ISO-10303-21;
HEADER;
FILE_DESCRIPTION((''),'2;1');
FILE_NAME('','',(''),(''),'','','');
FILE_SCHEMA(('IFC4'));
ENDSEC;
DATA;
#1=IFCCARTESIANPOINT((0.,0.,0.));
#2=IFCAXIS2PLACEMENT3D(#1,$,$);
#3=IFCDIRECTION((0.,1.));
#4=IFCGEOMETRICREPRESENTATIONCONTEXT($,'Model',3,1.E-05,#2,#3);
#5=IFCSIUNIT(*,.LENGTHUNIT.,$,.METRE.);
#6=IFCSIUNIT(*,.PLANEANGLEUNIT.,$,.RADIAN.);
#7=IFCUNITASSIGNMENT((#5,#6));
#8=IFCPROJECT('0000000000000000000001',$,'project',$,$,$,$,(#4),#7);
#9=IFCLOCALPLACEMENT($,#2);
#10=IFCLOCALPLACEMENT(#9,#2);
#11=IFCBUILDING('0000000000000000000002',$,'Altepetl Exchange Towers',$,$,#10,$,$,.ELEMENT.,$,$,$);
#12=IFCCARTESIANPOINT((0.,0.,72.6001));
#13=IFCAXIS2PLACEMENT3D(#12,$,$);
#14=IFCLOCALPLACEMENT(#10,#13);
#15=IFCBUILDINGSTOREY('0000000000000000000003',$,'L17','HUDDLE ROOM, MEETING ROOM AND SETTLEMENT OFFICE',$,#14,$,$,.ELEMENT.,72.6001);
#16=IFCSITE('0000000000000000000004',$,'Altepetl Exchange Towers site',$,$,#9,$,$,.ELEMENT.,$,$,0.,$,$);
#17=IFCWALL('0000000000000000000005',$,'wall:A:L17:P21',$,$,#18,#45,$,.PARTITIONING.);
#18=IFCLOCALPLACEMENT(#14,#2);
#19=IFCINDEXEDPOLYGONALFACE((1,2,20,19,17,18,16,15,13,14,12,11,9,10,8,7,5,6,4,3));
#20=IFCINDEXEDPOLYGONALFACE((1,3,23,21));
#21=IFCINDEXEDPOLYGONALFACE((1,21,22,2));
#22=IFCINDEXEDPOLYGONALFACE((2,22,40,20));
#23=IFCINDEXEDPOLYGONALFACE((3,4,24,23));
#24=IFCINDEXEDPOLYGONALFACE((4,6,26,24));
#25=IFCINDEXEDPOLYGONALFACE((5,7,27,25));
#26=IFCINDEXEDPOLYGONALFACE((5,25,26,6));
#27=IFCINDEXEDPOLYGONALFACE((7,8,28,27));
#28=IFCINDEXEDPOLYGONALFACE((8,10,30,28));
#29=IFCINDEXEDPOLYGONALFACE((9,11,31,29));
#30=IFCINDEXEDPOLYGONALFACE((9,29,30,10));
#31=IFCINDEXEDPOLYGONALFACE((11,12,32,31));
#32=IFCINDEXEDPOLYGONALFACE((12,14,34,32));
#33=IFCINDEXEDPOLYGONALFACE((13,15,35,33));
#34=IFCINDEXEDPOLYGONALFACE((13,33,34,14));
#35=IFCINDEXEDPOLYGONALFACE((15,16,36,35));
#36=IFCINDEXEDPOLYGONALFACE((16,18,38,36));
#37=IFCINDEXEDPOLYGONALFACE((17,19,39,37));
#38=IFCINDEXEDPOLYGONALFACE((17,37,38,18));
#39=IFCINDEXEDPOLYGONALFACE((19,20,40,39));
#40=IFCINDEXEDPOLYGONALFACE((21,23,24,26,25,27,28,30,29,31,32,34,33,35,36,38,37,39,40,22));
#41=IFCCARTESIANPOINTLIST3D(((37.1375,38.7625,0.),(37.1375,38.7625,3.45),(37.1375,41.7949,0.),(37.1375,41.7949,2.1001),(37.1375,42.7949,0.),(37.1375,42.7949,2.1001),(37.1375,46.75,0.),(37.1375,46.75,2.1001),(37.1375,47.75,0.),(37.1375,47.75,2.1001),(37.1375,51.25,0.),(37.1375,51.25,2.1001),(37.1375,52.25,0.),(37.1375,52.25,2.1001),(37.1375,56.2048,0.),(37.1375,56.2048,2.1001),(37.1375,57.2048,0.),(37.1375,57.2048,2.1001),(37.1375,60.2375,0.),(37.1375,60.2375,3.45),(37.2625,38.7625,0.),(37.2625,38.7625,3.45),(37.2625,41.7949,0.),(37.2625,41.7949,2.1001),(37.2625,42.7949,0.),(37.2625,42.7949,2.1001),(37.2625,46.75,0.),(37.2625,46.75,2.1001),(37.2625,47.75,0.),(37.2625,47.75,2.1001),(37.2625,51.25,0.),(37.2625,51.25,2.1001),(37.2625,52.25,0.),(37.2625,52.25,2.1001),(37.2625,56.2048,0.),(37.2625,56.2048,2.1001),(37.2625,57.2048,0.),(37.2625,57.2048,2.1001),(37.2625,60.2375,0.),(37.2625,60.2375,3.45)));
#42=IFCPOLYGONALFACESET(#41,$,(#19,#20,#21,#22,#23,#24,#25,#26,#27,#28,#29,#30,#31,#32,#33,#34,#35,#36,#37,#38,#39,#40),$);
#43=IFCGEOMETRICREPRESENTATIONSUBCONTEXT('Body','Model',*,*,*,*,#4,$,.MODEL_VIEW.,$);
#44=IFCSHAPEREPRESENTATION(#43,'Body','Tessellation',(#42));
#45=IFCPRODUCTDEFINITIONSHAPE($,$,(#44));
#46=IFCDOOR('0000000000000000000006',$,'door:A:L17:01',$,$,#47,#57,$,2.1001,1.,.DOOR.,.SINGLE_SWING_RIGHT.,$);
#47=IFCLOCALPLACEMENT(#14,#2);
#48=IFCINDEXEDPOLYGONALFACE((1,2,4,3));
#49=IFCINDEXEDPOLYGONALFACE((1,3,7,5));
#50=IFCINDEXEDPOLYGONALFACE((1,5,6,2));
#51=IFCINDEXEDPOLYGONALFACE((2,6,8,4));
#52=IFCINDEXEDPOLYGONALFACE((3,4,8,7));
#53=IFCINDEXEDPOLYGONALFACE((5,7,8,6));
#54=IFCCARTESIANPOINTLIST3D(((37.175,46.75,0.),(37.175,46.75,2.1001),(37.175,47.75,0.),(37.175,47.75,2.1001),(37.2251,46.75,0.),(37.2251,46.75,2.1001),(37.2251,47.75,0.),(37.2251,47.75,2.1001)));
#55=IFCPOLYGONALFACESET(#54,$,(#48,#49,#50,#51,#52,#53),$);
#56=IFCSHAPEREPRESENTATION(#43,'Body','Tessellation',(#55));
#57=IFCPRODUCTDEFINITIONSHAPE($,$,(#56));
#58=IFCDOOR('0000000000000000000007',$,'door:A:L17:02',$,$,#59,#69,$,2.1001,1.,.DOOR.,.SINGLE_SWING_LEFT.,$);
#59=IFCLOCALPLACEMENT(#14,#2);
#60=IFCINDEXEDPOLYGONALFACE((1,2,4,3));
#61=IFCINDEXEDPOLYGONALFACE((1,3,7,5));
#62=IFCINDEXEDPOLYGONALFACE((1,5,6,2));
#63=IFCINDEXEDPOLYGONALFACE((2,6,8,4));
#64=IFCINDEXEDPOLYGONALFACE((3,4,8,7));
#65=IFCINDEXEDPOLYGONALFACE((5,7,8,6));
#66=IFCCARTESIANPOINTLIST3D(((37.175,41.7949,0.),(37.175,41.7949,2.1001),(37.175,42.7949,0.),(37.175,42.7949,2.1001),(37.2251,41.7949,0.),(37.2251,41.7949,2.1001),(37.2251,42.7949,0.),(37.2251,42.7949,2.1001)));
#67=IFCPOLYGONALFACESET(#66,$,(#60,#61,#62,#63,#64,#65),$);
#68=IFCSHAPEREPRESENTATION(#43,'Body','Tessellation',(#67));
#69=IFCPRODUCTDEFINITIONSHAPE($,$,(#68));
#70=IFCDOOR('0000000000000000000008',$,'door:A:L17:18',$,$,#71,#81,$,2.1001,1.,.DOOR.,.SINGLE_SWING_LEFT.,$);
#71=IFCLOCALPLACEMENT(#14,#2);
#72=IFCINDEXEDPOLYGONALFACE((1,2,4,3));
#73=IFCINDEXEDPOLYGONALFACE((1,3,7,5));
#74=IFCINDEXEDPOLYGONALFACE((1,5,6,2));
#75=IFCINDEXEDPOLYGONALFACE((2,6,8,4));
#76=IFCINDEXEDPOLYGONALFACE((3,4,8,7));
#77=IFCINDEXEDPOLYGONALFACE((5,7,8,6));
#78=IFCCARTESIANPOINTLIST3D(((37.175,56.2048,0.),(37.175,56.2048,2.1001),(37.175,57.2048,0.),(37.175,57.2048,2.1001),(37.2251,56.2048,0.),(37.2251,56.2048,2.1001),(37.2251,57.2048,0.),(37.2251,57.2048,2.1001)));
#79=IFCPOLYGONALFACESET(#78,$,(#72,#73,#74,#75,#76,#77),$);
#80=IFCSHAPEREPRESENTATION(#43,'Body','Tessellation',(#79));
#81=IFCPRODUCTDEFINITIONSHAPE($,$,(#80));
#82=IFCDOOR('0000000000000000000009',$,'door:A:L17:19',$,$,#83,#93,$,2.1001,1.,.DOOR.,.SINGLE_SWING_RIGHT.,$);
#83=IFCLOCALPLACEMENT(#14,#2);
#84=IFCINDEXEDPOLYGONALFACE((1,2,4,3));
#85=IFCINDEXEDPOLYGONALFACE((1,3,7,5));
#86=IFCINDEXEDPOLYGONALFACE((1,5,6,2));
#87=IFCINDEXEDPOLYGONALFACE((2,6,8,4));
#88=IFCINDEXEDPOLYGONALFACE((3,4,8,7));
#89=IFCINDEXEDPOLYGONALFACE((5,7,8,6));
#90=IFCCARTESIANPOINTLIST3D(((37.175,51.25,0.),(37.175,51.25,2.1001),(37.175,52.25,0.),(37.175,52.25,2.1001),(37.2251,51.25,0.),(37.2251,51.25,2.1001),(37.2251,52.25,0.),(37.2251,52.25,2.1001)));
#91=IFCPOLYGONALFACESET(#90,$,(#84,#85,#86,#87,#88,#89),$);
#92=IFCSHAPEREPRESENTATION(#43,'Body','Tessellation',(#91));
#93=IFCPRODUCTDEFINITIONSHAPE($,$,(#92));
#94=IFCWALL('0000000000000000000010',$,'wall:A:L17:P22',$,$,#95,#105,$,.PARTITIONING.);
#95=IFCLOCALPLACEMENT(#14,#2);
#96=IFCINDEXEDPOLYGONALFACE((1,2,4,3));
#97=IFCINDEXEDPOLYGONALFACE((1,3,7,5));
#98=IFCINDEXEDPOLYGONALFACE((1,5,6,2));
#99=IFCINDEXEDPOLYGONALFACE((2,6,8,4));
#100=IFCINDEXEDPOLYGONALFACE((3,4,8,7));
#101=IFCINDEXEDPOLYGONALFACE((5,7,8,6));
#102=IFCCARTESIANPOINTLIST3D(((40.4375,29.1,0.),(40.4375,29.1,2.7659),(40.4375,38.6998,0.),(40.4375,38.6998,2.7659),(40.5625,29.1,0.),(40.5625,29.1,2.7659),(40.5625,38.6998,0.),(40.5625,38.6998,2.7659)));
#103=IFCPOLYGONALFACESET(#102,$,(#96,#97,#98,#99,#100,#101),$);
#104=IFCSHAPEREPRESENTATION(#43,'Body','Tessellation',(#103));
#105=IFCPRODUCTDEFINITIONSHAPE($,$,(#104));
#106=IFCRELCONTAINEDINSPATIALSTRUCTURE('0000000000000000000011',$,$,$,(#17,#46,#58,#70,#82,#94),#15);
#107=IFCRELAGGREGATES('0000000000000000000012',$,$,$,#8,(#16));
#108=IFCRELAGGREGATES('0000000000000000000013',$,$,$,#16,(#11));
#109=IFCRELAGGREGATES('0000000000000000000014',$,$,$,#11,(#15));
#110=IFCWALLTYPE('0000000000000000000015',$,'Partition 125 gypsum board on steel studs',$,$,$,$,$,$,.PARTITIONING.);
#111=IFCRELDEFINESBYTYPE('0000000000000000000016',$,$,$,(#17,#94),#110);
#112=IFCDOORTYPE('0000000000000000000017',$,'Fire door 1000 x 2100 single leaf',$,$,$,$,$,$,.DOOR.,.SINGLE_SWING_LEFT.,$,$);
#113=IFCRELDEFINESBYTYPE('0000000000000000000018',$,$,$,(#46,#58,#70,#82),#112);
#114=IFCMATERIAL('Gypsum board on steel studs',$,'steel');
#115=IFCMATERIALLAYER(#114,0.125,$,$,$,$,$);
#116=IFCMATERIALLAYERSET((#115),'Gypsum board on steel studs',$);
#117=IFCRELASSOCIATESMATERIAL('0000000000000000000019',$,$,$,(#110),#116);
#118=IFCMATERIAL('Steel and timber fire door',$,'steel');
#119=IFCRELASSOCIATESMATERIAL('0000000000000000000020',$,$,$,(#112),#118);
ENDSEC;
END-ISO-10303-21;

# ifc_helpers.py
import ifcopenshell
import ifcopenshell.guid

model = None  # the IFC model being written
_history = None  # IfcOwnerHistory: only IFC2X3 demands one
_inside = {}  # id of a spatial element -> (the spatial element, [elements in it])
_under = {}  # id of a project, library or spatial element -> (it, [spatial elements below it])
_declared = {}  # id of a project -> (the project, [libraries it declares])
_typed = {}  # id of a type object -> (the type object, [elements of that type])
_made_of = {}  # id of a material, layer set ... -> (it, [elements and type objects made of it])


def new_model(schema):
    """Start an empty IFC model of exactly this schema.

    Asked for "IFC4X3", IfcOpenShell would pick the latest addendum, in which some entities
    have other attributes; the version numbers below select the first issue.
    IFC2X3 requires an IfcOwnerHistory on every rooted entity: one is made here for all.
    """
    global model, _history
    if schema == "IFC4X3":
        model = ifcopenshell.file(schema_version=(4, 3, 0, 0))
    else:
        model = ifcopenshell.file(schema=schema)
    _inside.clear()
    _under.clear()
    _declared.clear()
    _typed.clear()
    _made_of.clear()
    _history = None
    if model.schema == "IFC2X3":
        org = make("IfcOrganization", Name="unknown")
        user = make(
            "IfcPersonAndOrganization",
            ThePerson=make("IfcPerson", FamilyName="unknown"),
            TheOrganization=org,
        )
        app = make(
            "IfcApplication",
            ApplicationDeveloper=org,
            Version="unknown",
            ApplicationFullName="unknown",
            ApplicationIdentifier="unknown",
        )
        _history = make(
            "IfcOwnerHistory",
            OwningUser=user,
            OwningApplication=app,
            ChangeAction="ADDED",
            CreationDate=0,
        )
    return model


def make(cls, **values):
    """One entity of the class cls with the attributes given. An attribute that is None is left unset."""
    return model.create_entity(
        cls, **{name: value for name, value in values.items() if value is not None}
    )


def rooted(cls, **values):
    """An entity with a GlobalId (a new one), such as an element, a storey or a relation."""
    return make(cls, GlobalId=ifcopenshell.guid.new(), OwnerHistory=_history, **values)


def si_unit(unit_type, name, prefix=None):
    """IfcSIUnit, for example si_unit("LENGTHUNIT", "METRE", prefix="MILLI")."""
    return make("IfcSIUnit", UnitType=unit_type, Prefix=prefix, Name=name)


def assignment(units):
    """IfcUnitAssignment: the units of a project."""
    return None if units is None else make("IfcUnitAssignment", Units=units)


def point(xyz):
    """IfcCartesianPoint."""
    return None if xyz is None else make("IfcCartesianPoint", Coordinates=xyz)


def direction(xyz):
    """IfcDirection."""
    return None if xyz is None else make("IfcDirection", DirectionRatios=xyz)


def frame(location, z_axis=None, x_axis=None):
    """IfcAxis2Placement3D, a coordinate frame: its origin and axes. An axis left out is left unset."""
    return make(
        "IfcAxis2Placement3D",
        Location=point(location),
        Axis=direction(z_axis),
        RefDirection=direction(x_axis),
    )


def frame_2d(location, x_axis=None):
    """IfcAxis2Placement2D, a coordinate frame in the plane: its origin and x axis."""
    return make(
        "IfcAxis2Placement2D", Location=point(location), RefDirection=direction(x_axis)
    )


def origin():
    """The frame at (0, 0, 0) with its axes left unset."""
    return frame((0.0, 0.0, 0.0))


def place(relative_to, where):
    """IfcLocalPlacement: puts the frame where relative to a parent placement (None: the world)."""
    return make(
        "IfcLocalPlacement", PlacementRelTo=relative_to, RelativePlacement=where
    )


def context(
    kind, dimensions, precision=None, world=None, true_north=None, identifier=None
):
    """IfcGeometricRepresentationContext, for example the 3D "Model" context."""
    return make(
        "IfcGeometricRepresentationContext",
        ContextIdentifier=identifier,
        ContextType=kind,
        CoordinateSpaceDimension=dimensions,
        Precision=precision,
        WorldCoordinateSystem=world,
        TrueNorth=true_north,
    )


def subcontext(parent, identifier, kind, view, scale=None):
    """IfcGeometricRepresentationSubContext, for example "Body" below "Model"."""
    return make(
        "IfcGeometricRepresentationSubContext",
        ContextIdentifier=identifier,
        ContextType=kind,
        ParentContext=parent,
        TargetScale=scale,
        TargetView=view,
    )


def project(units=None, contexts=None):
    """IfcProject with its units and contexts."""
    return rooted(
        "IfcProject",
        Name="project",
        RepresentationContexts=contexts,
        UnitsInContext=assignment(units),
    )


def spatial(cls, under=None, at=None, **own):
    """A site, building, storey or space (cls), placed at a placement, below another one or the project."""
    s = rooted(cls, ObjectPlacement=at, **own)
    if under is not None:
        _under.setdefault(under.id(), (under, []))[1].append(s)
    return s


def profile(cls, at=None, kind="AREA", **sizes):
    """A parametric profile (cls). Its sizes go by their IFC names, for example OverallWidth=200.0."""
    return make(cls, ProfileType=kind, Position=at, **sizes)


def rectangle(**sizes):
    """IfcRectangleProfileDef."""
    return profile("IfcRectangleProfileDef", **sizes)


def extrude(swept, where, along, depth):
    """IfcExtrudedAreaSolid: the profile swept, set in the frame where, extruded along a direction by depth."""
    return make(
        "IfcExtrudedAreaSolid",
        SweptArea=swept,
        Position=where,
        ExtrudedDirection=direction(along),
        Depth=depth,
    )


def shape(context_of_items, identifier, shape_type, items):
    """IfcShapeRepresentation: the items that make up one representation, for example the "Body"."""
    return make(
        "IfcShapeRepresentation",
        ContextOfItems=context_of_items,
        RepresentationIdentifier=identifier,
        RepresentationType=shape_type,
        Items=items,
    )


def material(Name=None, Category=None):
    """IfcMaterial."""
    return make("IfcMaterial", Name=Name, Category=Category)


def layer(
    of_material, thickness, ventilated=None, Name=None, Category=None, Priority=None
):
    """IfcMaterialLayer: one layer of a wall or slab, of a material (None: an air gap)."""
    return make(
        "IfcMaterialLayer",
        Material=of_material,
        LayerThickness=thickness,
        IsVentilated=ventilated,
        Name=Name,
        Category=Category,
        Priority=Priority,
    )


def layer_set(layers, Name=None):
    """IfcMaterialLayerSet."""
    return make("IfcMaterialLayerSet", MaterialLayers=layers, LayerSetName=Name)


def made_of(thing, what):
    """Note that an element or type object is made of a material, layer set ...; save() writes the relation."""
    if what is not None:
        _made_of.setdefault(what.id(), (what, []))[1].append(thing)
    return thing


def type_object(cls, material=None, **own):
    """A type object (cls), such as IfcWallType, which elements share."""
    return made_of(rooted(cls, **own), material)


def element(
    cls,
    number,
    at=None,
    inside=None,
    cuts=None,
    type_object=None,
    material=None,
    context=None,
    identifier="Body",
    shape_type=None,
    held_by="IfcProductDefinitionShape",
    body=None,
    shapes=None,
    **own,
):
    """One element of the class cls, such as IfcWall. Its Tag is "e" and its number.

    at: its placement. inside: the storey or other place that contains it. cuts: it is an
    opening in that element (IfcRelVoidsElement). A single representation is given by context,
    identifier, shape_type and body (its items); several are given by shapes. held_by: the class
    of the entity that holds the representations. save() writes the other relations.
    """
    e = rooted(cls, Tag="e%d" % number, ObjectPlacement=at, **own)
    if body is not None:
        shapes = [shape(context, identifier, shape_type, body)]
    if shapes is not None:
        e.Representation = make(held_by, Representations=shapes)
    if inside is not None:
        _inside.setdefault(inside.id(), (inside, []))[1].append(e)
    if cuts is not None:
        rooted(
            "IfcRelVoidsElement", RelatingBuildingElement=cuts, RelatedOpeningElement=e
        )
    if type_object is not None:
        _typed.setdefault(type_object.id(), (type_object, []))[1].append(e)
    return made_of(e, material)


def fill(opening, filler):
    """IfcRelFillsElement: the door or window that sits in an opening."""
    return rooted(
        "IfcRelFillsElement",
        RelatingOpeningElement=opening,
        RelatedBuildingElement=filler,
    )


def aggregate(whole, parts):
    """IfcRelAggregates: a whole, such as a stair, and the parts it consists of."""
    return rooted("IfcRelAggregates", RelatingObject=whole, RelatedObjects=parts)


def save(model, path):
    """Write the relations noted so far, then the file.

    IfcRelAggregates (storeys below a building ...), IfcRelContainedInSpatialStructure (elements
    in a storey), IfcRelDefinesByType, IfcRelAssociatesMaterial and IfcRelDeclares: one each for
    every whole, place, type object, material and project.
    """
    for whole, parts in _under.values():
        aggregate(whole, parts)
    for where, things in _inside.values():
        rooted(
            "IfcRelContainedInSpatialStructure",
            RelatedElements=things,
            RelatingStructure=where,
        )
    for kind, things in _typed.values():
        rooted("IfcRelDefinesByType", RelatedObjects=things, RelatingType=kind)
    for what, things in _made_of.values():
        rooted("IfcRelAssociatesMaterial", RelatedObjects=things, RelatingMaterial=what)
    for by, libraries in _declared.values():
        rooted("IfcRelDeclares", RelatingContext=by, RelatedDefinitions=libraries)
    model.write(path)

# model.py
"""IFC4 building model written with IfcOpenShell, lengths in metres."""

from ifc_helpers import new_model, si_unit, direction, frame, frame_2d, origin, place, context, subcontext, project, spatial, rectangle, extrude, material, layer, layer_set, type_object, element, fill, save


model = new_model("IFC4")

# Units and contexts
model_context = context("Model", 3, precision=1e-05, world=origin(), true_north=direction((0.0, 1.0)))
body_context = subcontext(model_context, "Body", "Model", "MODEL_VIEW")
ifc_project = project(units=[si_unit("LENGTHUNIT", "METRE"), si_unit("PLANEANGLEUNIT", "RADIAN")], contexts=[model_context])

# Site, building, storey
site_placement = place(None, origin())
site = spatial("IfcSite", under=ifc_project, at=site_placement, Name="Altepetl Exchange Towers site", CompositionType="ELEMENT", RefElevation=0.0)
building_placement = place(site_placement, origin())
building = spatial("IfcBuilding", under=site, at=building_placement, Name="Altepetl Exchange Towers", CompositionType="ELEMENT")
storey_placement = place(building_placement, frame((0.0, 0.0, 72.6001)))
storey = spatial("IfcBuildingStorey", under=building, at=storey_placement, Name="L17", Description="HUDDLE ROOM, MEETING ROOM AND SETTLEMENT OFFICE", CompositionType="ELEMENT", Elevation=72.6001)

# Shared definitions
ifc_material_1 = material(Name="Steel and timber fire door", Category="steel")

# Shared definitions
ifc_material_2 = material(Name="Gypsum board on steel studs", Category="steel")
ifc_layer_1 = layer(ifc_material_2, 0.125)
ifc_layer_set_1 = layer_set([ifc_layer_1], Name="Gypsum board on steel studs")
wall_type_1 = type_object("IfcWallType", Name="Partition 125 gypsum board on steel studs", PredefinedType="PARTITIONING", material=ifc_layer_set_1)

# Wall, openings, doors
wall_1_placement = place(storey_placement, frame((37.2, 38.7625, 0.0), z_axis=(0.0, 0.0, 1.0), x_axis=(0.0, 1.0, 0.0)))
wall_1 = element("IfcWall", 1, at=wall_1_placement, inside=storey, type_object=wall_type_1, Name="wall:A:L17:P21", PredefinedType="PARTITIONING", context=body_context, shape_type="SweptSolid", body=[
    extrude(rectangle(XDim=21.4751, YDim=0.125, at=frame_2d((10.7375, 0.0))), origin(), (0.0, 0.0, 1.0), 3.45),
])
opening_1_placement = place(wall_1_placement, frame((7.9875, 0.0, 0.0)))
opening_1 = element("IfcOpeningElement", 2, at=opening_1_placement, cuts=wall_1, PredefinedType="OPENING", context=body_context, shape_type="SweptSolid", body=[
    extrude(rectangle(XDim=1.0, YDim=2.1001, at=frame_2d((0.5, 1.05))), frame((0.0, 0.0725, 0.0), z_axis=(0.0, -1.0, 0.0), x_axis=(1.0, 0.0, 0.0)), (0.0, 0.0, 1.0), 0.145),
])
opening_2_placement = place(wall_1_placement, frame((3.0325, 0.0, 0.0)))
opening_2 = element("IfcOpeningElement", 3, at=opening_2_placement, cuts=wall_1, PredefinedType="OPENING", context=body_context, shape_type="SweptSolid", body=[
    extrude(rectangle(XDim=1.0, YDim=2.1001, at=frame_2d((0.5, 1.05))), frame((0.0, 0.0725, 0.0), z_axis=(0.0, -1.0, 0.0), x_axis=(1.0, 0.0, 0.0)), (0.0, 0.0, 1.0), 0.145),
])
opening_3_placement = place(wall_1_placement, frame((17.4424, 0.0, 0.0)))
opening_3 = element("IfcOpeningElement", 4, at=opening_3_placement, cuts=wall_1, PredefinedType="OPENING", context=body_context, shape_type="SweptSolid", body=[
    extrude(rectangle(XDim=1.0, YDim=2.1001, at=frame_2d((0.5, 1.05))), frame((0.0, 0.0725, 0.0), z_axis=(0.0, -1.0, 0.0), x_axis=(1.0, 0.0, 0.0)), (0.0, 0.0, 1.0), 0.145),
])
opening_4_placement = place(wall_1_placement, frame((12.4875, 0.0, 0.0)))
opening_4 = element("IfcOpeningElement", 5, at=opening_4_placement, cuts=wall_1, PredefinedType="OPENING", context=body_context, shape_type="SweptSolid", body=[
    extrude(rectangle(XDim=1.0, YDim=2.1001, at=frame_2d((0.5, 1.05))), frame((0.0, 0.0725, 0.0), z_axis=(0.0, -1.0, 0.0), x_axis=(1.0, 0.0, 0.0)), (0.0, 0.0, 1.0), 0.145),
])
door_type_1 = type_object("IfcDoorType", Name="Fire door 1000 x 2100 single leaf", OperationType="SINGLE_SWING_LEFT", PredefinedType="DOOR", material=ifc_material_1)
door_1_placement = place(opening_1_placement, origin())
door_1 = element("IfcDoor", 6, at=door_1_placement, inside=storey, type_object=door_type_1, Name="door:A:L17:01", OperationType="SINGLE_SWING_RIGHT", OverallHeight=2.1001, OverallWidth=1.0, PredefinedType="DOOR", context=body_context, shape_type="SweptSolid", body=[
    extrude(rectangle(XDim=1.0, YDim=2.1001, at=frame_2d((0.5, 1.05))), frame((0.0, 0.0249, 0.0), z_axis=(0.0, -1.0, 0.0), x_axis=(1.0, 0.0, 0.0)), (0.0, 0.0, 1.0), 0.05),
])
fill(opening_1, door_1)
door_2_placement = place(opening_2_placement, origin())
door_2 = element("IfcDoor", 7, at=door_2_placement, inside=storey, type_object=door_type_1, Name="door:A:L17:02", OperationType="SINGLE_SWING_LEFT", OverallHeight=2.1001, OverallWidth=1.0, PredefinedType="DOOR", context=body_context, shape_type="SweptSolid", body=[
    extrude(rectangle(XDim=1.0, YDim=2.1001, at=frame_2d((0.5, 1.05))), frame((0.0, 0.0249, 0.0), z_axis=(0.0, -1.0, 0.0), x_axis=(1.0, 0.0, 0.0)), (0.0, 0.0, 1.0), 0.05),
])
fill(opening_2, door_2)
door_3_placement = place(opening_3_placement, origin())
door_3 = element("IfcDoor", 8, at=door_3_placement, inside=storey, type_object=door_type_1, Name="door:A:L17:18", OperationType="SINGLE_SWING_LEFT", OverallHeight=2.1001, OverallWidth=1.0, PredefinedType="DOOR", context=body_context, shape_type="SweptSolid", body=[
    extrude(rectangle(XDim=1.0, YDim=2.1001, at=frame_2d((0.5, 1.05))), frame((0.0, 0.0249, 0.0), z_axis=(0.0, -1.0, 0.0), x_axis=(1.0, 0.0, 0.0)), (0.0, 0.0, 1.0), 0.05),
])
fill(opening_3, door_3)
door_4_placement = place(opening_4_placement, origin())
door_4 = element("IfcDoor", 9, at=door_4_placement, inside=storey, type_object=door_type_1, Name="door:A:L17:19", OperationType="SINGLE_SWING_RIGHT", OverallHeight=2.1001, OverallWidth=1.0, PredefinedType="DOOR", context=body_context, shape_type="SweptSolid", body=[
    extrude(rectangle(XDim=1.0, YDim=2.1001, at=frame_2d((0.5, 1.05))), frame((0.0, 0.0249, 0.0), z_axis=(0.0, -1.0, 0.0), x_axis=(1.0, 0.0, 0.0)), (0.0, 0.0, 1.0), 0.05),
])
fill(opening_4, door_4)

# Wall
wall_2_placement = place(storey_placement, frame((40.5, 29.1001, 0.0), z_axis=(0.0, 0.0, 1.0), x_axis=(0.0, 1.0, 0.0)))
element("IfcWall", 10, at=wall_2_placement, inside=storey, type_object=wall_type_1, Name="wall:A:L17:P22", PredefinedType="PARTITIONING", context=body_context, shape_type="SweptSolid", body=[
    extrude(rectangle(XDim=9.5999, YDim=0.125, at=frame_2d((4.7998, 0.0))), origin(), (0.0, 0.0, 1.0), 2.7659),
])

save(model, "model.ifc")
